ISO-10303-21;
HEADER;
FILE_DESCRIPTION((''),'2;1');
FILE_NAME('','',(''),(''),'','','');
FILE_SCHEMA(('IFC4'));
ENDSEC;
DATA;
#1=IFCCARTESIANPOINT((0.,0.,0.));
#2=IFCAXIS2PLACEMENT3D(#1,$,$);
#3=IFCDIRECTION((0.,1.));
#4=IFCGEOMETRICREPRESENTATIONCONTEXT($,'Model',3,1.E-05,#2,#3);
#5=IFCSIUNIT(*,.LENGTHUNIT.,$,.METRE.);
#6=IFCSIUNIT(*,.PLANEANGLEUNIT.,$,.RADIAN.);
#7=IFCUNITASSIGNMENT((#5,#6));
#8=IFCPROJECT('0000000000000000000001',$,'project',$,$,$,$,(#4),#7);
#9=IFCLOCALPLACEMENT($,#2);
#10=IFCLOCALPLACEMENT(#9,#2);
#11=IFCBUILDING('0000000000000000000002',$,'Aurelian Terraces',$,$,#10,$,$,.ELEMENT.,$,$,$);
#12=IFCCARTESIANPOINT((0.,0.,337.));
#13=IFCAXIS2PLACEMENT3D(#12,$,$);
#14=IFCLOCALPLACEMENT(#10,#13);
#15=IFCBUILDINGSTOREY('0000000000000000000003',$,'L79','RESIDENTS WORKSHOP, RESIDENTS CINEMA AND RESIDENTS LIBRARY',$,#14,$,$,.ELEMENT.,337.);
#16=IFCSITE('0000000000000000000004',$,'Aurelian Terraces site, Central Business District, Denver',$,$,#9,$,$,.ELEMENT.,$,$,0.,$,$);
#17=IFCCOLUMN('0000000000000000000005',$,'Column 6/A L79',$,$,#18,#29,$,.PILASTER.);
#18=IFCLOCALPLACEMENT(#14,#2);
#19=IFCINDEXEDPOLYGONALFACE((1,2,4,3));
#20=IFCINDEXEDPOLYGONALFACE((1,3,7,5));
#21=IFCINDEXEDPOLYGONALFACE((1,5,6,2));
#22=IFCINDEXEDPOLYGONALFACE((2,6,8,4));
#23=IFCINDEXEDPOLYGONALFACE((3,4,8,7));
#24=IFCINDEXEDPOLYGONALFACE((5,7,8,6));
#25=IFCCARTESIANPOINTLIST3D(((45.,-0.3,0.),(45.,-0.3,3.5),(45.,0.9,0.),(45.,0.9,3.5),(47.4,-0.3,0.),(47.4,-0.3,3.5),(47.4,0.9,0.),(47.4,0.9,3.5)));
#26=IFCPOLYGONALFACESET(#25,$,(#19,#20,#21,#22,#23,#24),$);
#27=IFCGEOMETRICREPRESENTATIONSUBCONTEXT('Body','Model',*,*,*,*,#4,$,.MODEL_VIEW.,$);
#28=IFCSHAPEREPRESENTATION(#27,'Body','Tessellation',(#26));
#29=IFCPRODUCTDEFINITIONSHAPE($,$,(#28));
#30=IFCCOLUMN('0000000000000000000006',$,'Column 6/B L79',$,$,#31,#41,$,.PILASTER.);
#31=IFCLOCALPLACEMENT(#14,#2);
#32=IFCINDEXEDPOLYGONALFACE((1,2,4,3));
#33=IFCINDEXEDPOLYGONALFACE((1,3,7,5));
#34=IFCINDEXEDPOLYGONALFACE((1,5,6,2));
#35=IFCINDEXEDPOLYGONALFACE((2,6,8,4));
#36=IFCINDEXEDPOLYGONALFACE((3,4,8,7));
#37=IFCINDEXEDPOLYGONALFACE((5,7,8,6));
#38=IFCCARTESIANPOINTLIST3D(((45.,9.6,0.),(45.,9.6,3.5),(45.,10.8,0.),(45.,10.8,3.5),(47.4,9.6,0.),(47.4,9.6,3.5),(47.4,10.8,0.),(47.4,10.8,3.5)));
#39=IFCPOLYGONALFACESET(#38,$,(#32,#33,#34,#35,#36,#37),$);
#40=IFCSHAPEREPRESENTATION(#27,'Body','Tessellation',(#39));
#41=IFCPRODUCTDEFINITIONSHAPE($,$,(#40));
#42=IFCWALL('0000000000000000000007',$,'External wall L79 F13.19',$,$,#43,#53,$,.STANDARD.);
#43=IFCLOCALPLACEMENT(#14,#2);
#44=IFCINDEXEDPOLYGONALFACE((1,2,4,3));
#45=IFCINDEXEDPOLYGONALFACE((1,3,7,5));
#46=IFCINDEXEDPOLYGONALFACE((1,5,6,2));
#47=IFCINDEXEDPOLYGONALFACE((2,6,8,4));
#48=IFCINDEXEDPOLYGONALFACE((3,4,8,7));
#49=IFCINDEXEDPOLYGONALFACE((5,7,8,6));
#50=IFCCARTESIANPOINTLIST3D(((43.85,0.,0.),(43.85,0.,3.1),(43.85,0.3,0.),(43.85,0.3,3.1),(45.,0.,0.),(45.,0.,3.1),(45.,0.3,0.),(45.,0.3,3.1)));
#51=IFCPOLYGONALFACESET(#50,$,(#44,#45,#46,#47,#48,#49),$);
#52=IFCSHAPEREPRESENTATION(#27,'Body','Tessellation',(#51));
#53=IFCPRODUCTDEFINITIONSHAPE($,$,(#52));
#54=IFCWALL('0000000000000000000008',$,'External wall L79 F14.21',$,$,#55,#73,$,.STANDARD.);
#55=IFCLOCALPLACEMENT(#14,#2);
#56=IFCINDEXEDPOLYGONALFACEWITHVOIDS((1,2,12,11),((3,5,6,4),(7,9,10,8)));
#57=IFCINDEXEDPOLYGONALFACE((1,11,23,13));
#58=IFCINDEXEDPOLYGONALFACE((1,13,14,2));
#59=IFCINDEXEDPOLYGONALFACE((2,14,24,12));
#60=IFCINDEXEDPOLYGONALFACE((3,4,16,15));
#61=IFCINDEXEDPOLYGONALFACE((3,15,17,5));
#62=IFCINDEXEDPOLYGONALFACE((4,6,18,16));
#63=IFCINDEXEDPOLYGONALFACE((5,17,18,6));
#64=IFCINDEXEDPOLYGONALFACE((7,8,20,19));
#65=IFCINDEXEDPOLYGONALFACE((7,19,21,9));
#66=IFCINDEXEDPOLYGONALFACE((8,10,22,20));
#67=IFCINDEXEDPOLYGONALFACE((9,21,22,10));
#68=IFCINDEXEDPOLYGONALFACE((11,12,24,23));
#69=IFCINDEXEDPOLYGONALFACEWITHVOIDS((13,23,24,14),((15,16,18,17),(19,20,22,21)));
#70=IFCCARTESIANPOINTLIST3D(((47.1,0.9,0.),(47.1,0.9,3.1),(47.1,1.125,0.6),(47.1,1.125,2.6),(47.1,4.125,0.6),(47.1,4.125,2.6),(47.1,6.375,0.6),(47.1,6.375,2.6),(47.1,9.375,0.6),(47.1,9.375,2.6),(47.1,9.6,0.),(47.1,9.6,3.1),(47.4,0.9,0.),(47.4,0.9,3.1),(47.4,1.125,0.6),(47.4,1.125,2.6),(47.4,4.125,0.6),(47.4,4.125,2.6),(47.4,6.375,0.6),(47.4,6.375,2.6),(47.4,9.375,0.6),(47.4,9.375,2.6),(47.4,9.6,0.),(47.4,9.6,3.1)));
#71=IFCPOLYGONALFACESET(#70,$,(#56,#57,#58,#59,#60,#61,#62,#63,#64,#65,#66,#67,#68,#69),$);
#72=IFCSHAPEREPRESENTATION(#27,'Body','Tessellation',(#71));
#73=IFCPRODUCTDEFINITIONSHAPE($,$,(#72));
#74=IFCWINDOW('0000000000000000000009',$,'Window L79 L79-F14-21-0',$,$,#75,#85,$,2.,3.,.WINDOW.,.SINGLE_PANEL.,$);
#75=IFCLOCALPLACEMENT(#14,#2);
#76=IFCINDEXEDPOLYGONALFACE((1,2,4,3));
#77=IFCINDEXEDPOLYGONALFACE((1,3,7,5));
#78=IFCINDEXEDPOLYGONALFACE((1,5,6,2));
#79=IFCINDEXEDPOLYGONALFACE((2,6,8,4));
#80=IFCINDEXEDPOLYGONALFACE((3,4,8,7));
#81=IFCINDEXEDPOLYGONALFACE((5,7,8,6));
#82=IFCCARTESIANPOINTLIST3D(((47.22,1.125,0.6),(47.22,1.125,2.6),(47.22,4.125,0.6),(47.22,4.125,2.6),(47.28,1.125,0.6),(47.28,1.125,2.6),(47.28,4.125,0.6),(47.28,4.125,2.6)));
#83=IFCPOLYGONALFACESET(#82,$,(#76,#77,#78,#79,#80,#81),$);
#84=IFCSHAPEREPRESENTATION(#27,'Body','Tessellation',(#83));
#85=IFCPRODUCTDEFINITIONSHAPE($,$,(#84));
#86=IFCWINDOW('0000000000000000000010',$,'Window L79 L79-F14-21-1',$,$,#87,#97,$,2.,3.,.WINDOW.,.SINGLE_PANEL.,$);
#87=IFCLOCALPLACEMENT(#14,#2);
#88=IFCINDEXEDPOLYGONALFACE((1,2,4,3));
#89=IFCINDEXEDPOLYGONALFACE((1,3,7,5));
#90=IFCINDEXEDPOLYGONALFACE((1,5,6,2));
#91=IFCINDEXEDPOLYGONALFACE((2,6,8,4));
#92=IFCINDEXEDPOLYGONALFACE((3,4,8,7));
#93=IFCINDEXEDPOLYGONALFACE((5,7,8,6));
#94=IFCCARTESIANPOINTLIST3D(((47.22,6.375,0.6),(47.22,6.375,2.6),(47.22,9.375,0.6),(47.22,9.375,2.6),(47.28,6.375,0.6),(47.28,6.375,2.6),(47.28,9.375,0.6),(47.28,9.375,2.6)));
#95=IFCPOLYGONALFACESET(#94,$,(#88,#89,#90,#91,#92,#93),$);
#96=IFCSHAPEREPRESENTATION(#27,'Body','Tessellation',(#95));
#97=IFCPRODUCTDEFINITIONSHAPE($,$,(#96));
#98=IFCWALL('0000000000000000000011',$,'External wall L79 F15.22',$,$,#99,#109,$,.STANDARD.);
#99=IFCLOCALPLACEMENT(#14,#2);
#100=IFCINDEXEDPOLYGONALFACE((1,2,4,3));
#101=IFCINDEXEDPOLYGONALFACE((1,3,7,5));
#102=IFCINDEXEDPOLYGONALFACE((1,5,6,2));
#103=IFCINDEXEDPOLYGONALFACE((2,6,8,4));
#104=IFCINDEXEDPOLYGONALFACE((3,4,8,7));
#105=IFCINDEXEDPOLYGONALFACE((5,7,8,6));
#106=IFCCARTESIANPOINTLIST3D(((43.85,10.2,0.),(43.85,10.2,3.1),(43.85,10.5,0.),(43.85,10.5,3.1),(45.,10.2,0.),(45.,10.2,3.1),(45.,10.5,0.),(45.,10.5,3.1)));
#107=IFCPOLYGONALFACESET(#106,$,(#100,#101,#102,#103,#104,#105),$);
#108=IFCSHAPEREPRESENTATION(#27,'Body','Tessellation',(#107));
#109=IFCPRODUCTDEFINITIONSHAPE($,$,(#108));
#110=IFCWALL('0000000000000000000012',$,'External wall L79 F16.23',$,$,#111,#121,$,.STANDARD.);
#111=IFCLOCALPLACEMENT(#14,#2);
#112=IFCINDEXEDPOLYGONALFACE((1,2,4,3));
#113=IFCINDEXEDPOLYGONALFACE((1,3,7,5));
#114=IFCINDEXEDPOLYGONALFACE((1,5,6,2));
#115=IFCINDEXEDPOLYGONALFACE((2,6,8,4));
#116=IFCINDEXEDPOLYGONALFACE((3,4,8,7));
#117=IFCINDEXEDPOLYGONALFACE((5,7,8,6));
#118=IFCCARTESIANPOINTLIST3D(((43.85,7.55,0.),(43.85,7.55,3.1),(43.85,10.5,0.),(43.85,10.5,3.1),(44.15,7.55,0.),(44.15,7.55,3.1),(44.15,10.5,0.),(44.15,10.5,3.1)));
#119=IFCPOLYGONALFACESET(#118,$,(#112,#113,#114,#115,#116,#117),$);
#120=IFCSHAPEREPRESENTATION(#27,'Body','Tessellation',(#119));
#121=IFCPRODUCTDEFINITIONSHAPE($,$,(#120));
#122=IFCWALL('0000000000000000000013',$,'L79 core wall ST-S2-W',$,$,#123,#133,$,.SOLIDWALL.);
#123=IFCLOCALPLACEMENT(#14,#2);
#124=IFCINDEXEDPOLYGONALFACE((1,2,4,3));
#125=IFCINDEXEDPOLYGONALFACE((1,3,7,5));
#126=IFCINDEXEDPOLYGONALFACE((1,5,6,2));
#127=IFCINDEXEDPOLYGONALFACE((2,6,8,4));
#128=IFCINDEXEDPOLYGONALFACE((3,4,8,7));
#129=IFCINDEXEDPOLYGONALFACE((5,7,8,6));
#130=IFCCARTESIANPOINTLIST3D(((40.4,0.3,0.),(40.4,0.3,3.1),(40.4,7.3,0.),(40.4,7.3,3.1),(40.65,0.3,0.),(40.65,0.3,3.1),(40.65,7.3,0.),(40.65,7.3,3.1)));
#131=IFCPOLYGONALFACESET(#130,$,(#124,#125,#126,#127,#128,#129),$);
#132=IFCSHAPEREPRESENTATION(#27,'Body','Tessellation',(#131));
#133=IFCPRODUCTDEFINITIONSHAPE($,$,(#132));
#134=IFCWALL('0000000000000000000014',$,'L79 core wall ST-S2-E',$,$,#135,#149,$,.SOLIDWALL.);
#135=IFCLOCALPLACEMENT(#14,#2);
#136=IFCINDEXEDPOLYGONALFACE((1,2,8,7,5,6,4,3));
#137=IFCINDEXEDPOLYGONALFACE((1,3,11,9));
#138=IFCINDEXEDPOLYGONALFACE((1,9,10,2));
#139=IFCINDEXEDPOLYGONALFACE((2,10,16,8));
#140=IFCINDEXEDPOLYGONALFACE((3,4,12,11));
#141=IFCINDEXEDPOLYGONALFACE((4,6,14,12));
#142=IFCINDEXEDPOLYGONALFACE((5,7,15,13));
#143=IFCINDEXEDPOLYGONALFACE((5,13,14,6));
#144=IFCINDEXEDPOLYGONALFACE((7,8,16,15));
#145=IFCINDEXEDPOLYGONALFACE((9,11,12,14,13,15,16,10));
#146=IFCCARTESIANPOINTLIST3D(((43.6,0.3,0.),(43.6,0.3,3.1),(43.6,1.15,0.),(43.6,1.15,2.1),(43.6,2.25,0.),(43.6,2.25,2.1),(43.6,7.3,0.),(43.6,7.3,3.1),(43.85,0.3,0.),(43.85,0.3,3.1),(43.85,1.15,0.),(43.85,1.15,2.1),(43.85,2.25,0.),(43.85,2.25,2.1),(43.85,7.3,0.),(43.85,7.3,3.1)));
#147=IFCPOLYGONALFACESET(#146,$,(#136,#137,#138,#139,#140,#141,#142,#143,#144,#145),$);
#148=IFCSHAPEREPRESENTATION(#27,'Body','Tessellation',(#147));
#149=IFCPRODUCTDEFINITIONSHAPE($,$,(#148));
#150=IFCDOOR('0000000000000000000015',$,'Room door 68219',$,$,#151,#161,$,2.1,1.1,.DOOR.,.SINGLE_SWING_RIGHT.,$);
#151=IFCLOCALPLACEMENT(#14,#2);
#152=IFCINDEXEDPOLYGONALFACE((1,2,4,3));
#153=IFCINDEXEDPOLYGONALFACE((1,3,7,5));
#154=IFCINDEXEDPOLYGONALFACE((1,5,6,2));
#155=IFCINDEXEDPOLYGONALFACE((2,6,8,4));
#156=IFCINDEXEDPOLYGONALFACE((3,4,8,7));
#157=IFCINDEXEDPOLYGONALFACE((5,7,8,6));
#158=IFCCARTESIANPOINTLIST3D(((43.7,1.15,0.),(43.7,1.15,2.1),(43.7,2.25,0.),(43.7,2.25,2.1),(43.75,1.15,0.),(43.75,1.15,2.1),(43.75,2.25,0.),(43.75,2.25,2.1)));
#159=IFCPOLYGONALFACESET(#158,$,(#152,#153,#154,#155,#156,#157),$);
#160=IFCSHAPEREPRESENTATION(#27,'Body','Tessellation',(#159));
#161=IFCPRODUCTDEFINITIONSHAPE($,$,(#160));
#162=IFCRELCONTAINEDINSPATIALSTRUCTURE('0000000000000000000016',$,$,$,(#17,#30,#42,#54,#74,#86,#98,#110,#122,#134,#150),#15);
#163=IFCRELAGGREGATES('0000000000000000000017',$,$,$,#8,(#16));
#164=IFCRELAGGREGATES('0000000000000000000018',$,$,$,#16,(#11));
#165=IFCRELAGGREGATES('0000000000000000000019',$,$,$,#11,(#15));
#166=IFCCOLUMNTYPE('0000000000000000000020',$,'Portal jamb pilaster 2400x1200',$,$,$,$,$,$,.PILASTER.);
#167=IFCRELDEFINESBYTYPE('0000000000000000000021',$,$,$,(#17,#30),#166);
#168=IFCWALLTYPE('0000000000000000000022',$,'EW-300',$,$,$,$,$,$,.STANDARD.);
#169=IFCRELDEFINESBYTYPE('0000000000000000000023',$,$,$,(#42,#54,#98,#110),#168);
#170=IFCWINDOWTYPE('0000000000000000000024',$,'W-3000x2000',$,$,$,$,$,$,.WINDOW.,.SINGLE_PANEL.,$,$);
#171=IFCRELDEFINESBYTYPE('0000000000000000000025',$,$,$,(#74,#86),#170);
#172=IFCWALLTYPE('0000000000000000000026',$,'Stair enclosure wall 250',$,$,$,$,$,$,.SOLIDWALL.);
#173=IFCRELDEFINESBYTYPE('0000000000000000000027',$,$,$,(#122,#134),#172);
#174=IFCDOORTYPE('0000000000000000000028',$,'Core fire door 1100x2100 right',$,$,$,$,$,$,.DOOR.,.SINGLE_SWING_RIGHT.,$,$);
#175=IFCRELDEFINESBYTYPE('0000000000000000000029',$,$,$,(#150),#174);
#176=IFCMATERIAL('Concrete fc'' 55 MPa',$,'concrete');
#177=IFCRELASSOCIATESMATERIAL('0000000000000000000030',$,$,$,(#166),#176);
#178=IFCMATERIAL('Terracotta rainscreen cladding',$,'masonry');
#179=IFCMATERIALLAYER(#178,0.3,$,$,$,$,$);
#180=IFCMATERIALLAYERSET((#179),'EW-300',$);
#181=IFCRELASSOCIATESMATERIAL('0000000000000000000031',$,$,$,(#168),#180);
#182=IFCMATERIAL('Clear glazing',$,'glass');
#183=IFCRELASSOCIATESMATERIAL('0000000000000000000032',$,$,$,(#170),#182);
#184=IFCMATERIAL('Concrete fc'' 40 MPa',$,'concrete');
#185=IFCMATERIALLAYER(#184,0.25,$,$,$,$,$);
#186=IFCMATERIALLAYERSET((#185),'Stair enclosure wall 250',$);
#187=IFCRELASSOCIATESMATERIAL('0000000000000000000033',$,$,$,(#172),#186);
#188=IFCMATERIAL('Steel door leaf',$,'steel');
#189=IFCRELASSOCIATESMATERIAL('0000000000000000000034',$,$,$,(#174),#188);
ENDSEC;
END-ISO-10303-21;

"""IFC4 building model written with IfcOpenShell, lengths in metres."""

from ifc_helpers import new_model, si_unit, direction, frame, frame_2d, origin, origin_2d, place, context, subcontext, project, spatial, rectangle, extrude, source, transform, mapped, material, layer, layer_set, material_profile, profile_set, type_object, element, fill, save


model = new_model("IFC4")

# Units and contexts
model_context = context("Model", 3, precision=1e-05, world=origin(), true_north=direction((0.0, 1.0)))
body_context = subcontext(model_context, "Body", "Model", "MODEL_VIEW")
ifc_project = project(units=[si_unit("LENGTHUNIT", "METRE"), si_unit("PLANEANGLEUNIT", "RADIAN")], contexts=[model_context])

# Site, building, storey
site_placement = place(None, origin())
site = spatial("IfcSite", under=ifc_project, at=site_placement, Name="Aurelian Terraces site, Central Business District, Denver", CompositionType="ELEMENT", RefElevation=0.0)
building_placement = place(site_placement, origin())
building = spatial("IfcBuilding", under=site, at=building_placement, Name="Aurelian Terraces", CompositionType="ELEMENT")
storey_placement = place(building_placement, frame((0.0, 0.0, 337.0)))
storey = spatial("IfcBuildingStorey", under=building, at=storey_placement, Name="L79", Description="RESIDENTS WORKSHOP, RESIDENTS CINEMA AND RESIDENTS LIBRARY", CompositionType="ELEMENT", Elevation=337.0)

# Columns
ifc_material_1 = material(Name="Concrete fc' 55 MPa", Category="concrete")
ifc_material_profile = material_profile(ifc_material_1, rectangle(XDim=2.4, YDim=1.2, at=origin_2d()))
ifc_profile_set = profile_set([ifc_material_profile], Name="Concrete fc' 55 MPa")
column_type = type_object("IfcColumnType", Name="Portal jamb pilaster 2400x1200", PredefinedType="PILASTER", material=ifc_profile_set)
shared_shape_1 = source(origin(), body_context, "Body", "SweptSolid", [
    extrude(rectangle(XDim=2.4, YDim=1.2, at=origin_2d()), origin(), (0.0, 0.0, 1.0), 3.5),
])
for number, where, z_axis, x_axis, name in (
    (1, (46.2, 0.3, 0.0), (0.0, 0.0, 1.0), (1.0, 0.0, 0.0), "Column 6/A L79"),
    (2, (46.2, 10.2, 0.0), (0.0, 0.0, 1.0), (1.0, 0.0, 0.0), "Column 6/B L79"),
):
    element("IfcColumn", number, at=place(storey_placement, frame(where, z_axis=z_axis, x_axis=x_axis)), inside=storey, type_object=column_type, Name=name, PredefinedType="PILASTER", context=body_context, shape_type="MappedRepresentation", body=[
        mapped(shared_shape_1, transform((0.0, 0.0, 0.0), scale=1.0)),
    ])

# Wall
ifc_material_2 = material(Name="Terracotta rainscreen cladding", Category="masonry")
ifc_layer_1 = layer(ifc_material_2, 0.3)
ifc_layer_set_1 = layer_set([ifc_layer_1], Name="EW-300")
wall_type_1 = type_object("IfcWallType", Name="EW-300", PredefinedType="STANDARD", material=ifc_layer_set_1)
wall_1_placement = place(storey_placement, frame((43.85, 0.15, 0.0), z_axis=(0.0, 0.0, 1.0), x_axis=(1.0, 0.0, 0.0)))
element("IfcWall", 3, at=wall_1_placement, inside=storey, type_object=wall_type_1, Name="External wall L79 F13.19", PredefinedType="STANDARD", context=body_context, shape_type="SweptSolid", body=[
    extrude(rectangle(XDim=1.15, YDim=0.3, at=frame_2d((0.575, 0.0))), origin(), (0.0, 0.0, 1.0), 3.1),
])

# Wall, openings, windows
shared_shape_2 = source(origin(), body_context, "Body", "SweptSolid", [
    extrude(rectangle(XDim=8.7, YDim=0.3, at=frame_2d((4.35, 0.0))), origin(), (0.0, 0.0, 1.0), 3.1),
])
wall_2_placement = place(storey_placement, frame((47.25, 0.9, 0.0), z_axis=(0.0, 0.0, 1.0), x_axis=(0.0, 1.0, 0.0)))
wall_2 = element("IfcWall", 4, at=wall_2_placement, inside=storey, type_object=wall_type_1, Name="External wall L79 F14.21", PredefinedType="STANDARD", context=body_context, shape_type="MappedRepresentation", body=[
    mapped(shared_shape_2, transform((0.0, 0.0, 0.0), scale=1.0)),
])
shared_shape_3 = source(origin(), body_context, "Body", "SweptSolid", [
    extrude(rectangle(XDim=3.0, YDim=2.0, at=frame_2d((1.5, 1.0))), frame((0.0, 0.16, 0.0), z_axis=(0.0, -1.0, 0.0), x_axis=(1.0, 0.0, 0.0)), (0.0, 0.0, 1.0), 0.32),
])
opening_1_placement = place(wall_2_placement, frame((0.225, 0.0, 0.6)))
opening_1 = element("IfcOpeningElement", 5, at=opening_1_placement, cuts=wall_2, PredefinedType="OPENING", context=body_context, shape_type="MappedRepresentation", body=[
    mapped(shared_shape_3, transform((0.0, 0.0, 0.0), scale=1.0)),
])
opening_2_placement = place(wall_2_placement, frame((5.475, 0.0, 0.6)))
opening_2 = element("IfcOpeningElement", 6, at=opening_2_placement, cuts=wall_2, PredefinedType="OPENING", context=body_context, shape_type="MappedRepresentation", body=[
    mapped(shared_shape_3, transform((0.0, 0.0, 0.0), scale=1.0)),
])
ifc_material_3 = material(Name="Clear glazing", Category="glass")
window_type = type_object("IfcWindowType", Name="W-3000x2000", PartitioningType="SINGLE_PANEL", PredefinedType="WINDOW", material=ifc_material_3)
shared_shape_4 = source(origin(), body_context, "Body", "SweptSolid", [
    extrude(rectangle(XDim=3.0, YDim=2.0, at=frame_2d((1.5, 1.0))), frame((0.0, 0.03, 0.0), z_axis=(0.0, -1.0, 0.0), x_axis=(1.0, 0.0, 0.0)), (0.0, 0.0, 1.0), 0.06),
])
window_1_placement = place(opening_1_placement, origin())
window_1 = element("IfcWindow", 7, at=window_1_placement, inside=storey, type_object=window_type, Name="Window L79 L79-F14-21-0", OverallHeight=2.0, OverallWidth=3.0, PartitioningType="SINGLE_PANEL", PredefinedType="WINDOW", context=body_context, shape_type="MappedRepresentation", body=[
    mapped(shared_shape_4, transform((0.0, 0.0, 0.0), scale=1.0)),
])
fill(opening_1, window_1)
window_2_placement = place(opening_2_placement, origin())
window_2 = element("IfcWindow", 8, at=window_2_placement, inside=storey, type_object=window_type, Name="Window L79 L79-F14-21-1", OverallHeight=2.0, OverallWidth=3.0, PartitioningType="SINGLE_PANEL", PredefinedType="WINDOW", context=body_context, shape_type="MappedRepresentation", body=[
    mapped(shared_shape_4, transform((0.0, 0.0, 0.0), scale=1.0)),
])
fill(opening_2, window_2)

# Walls
shared_shape_5 = source(origin(), body_context, "Body", "SweptSolid", [
    extrude(rectangle(XDim=1.15, YDim=0.3, at=frame_2d((0.575, 0.0))), origin(), (0.0, 0.0, 1.0), 3.1),
])
wall_3_placement = place(storey_placement, frame((45.0, 10.35, 0.0), z_axis=(0.0, 0.0, 1.0), x_axis=(-1.0, 0.0, 0.0)))
element("IfcWall", 9, at=wall_3_placement, inside=storey, type_object=wall_type_1, Name="External wall L79 F15.22", PredefinedType="STANDARD", context=body_context, shape_type="MappedRepresentation", body=[
    mapped(shared_shape_5, transform((0.0, 0.0, 0.0), scale=1.0)),
])
shared_shape_6 = source(origin(), body_context, "Body", "SweptSolid", [
    extrude(rectangle(XDim=2.95, YDim=0.3, at=frame_2d((1.475, 0.0))), origin(), (0.0, 0.0, 1.0), 3.1),
])
wall_4_placement = place(storey_placement, frame((44.0, 10.5, 0.0), z_axis=(0.0, 0.0, 1.0), x_axis=(0.0, -1.0, 0.0)))
element("IfcWall", 10, at=wall_4_placement, inside=storey, type_object=wall_type_1, Name="External wall L79 F16.23", PredefinedType="STANDARD", context=body_context, shape_type="MappedRepresentation", body=[
    mapped(shared_shape_6, transform((0.0, 0.0, 0.0), scale=1.0)),
])
ifc_material_4 = material(Name="Concrete fc' 40 MPa", Category="concrete")
ifc_layer_2 = layer(ifc_material_4, 0.25)
ifc_layer_set_2 = layer_set([ifc_layer_2], Name="Stair enclosure wall 250")
wall_type_2 = type_object("IfcWallType", Name="Stair enclosure wall 250", PredefinedType="SOLIDWALL", material=ifc_layer_set_2)
shared_shape_7 = source(origin(), body_context, "Body", "SweptSolid", [
    extrude(rectangle(XDim=7.0, YDim=0.25, at=frame_2d((3.5, 0.0))), origin(), (0.0, 0.0, 1.0), 3.1),
])
wall_5_placement = place(storey_placement, frame((40.525, 0.3, 0.0), z_axis=(0.0, 0.0, 1.0), x_axis=(0.0, 1.0, 0.0)))
element("IfcWall", 11, at=wall_5_placement, inside=storey, type_object=wall_type_2, Name="L79 core wall ST-S2-W", PredefinedType="SOLIDWALL", context=body_context, shape_type="MappedRepresentation", body=[
    mapped(shared_shape_7, transform((0.0, 0.0, 0.0), scale=1.0)),
])

# Wall, opening, door
wall_6_placement = place(storey_placement, frame((43.725, 0.3, 0.0), z_axis=(0.0, 0.0, 1.0), x_axis=(0.0, 1.0, 0.0)))
wall_6 = element("IfcWall", 12, at=wall_6_placement, inside=storey, type_object=wall_type_2, Name="L79 core wall ST-S2-E", PredefinedType="SOLIDWALL", context=body_context, shape_type="MappedRepresentation", body=[
    mapped(shared_shape_7, transform((0.0, 0.0, 0.0), scale=1.0)),
])
shared_shape_8 = source(origin(), body_context, "Body", "SweptSolid", [
    extrude(rectangle(XDim=1.1, YDim=2.1, at=frame_2d((0.55, 1.05))), frame((0.0, 0.135, 0.0), z_axis=(0.0, -1.0, 0.0), x_axis=(1.0, 0.0, 0.0)), (0.0, 0.0, 1.0), 0.27),
])
opening_3_placement = place(wall_6_placement, frame((0.85, 0.0, 0.0)))
opening_3 = element("IfcOpeningElement", 13, at=opening_3_placement, cuts=wall_6, PredefinedType="OPENING", context=body_context, shape_type="MappedRepresentation", body=[
    mapped(shared_shape_8, transform((0.0, 0.0, 0.0), scale=1.0)),
])
ifc_material_5 = material(Name="Steel door leaf", Category="steel")
door_type = type_object("IfcDoorType", Name="Core fire door 1100x2100 right", OperationType="SINGLE_SWING_RIGHT", PredefinedType="DOOR", material=ifc_material_5)
shared_shape_9 = source(origin(), body_context, "Body", "SweptSolid", [
    extrude(rectangle(XDim=1.1, YDim=2.1, at=frame_2d((0.55, 1.05))), frame((0.0, 0.025, 0.0), z_axis=(0.0, -1.0, 0.0), x_axis=(1.0, 0.0, 0.0)), (0.0, 0.0, 1.0), 0.05),
])
door_placement = place(opening_3_placement, origin())
door = element("IfcDoor", 14, at=door_placement, inside=storey, type_object=door_type, Name="Room door 68219", OperationType="SINGLE_SWING_RIGHT", OverallHeight=2.1, OverallWidth=1.1, PredefinedType="DOOR", context=body_context, shape_type="MappedRepresentation", body=[
    mapped(shared_shape_9, transform((0.0, 0.0, 0.0), scale=1.0)),
])
fill(opening_3, door)

save(model, "model.ifc")
